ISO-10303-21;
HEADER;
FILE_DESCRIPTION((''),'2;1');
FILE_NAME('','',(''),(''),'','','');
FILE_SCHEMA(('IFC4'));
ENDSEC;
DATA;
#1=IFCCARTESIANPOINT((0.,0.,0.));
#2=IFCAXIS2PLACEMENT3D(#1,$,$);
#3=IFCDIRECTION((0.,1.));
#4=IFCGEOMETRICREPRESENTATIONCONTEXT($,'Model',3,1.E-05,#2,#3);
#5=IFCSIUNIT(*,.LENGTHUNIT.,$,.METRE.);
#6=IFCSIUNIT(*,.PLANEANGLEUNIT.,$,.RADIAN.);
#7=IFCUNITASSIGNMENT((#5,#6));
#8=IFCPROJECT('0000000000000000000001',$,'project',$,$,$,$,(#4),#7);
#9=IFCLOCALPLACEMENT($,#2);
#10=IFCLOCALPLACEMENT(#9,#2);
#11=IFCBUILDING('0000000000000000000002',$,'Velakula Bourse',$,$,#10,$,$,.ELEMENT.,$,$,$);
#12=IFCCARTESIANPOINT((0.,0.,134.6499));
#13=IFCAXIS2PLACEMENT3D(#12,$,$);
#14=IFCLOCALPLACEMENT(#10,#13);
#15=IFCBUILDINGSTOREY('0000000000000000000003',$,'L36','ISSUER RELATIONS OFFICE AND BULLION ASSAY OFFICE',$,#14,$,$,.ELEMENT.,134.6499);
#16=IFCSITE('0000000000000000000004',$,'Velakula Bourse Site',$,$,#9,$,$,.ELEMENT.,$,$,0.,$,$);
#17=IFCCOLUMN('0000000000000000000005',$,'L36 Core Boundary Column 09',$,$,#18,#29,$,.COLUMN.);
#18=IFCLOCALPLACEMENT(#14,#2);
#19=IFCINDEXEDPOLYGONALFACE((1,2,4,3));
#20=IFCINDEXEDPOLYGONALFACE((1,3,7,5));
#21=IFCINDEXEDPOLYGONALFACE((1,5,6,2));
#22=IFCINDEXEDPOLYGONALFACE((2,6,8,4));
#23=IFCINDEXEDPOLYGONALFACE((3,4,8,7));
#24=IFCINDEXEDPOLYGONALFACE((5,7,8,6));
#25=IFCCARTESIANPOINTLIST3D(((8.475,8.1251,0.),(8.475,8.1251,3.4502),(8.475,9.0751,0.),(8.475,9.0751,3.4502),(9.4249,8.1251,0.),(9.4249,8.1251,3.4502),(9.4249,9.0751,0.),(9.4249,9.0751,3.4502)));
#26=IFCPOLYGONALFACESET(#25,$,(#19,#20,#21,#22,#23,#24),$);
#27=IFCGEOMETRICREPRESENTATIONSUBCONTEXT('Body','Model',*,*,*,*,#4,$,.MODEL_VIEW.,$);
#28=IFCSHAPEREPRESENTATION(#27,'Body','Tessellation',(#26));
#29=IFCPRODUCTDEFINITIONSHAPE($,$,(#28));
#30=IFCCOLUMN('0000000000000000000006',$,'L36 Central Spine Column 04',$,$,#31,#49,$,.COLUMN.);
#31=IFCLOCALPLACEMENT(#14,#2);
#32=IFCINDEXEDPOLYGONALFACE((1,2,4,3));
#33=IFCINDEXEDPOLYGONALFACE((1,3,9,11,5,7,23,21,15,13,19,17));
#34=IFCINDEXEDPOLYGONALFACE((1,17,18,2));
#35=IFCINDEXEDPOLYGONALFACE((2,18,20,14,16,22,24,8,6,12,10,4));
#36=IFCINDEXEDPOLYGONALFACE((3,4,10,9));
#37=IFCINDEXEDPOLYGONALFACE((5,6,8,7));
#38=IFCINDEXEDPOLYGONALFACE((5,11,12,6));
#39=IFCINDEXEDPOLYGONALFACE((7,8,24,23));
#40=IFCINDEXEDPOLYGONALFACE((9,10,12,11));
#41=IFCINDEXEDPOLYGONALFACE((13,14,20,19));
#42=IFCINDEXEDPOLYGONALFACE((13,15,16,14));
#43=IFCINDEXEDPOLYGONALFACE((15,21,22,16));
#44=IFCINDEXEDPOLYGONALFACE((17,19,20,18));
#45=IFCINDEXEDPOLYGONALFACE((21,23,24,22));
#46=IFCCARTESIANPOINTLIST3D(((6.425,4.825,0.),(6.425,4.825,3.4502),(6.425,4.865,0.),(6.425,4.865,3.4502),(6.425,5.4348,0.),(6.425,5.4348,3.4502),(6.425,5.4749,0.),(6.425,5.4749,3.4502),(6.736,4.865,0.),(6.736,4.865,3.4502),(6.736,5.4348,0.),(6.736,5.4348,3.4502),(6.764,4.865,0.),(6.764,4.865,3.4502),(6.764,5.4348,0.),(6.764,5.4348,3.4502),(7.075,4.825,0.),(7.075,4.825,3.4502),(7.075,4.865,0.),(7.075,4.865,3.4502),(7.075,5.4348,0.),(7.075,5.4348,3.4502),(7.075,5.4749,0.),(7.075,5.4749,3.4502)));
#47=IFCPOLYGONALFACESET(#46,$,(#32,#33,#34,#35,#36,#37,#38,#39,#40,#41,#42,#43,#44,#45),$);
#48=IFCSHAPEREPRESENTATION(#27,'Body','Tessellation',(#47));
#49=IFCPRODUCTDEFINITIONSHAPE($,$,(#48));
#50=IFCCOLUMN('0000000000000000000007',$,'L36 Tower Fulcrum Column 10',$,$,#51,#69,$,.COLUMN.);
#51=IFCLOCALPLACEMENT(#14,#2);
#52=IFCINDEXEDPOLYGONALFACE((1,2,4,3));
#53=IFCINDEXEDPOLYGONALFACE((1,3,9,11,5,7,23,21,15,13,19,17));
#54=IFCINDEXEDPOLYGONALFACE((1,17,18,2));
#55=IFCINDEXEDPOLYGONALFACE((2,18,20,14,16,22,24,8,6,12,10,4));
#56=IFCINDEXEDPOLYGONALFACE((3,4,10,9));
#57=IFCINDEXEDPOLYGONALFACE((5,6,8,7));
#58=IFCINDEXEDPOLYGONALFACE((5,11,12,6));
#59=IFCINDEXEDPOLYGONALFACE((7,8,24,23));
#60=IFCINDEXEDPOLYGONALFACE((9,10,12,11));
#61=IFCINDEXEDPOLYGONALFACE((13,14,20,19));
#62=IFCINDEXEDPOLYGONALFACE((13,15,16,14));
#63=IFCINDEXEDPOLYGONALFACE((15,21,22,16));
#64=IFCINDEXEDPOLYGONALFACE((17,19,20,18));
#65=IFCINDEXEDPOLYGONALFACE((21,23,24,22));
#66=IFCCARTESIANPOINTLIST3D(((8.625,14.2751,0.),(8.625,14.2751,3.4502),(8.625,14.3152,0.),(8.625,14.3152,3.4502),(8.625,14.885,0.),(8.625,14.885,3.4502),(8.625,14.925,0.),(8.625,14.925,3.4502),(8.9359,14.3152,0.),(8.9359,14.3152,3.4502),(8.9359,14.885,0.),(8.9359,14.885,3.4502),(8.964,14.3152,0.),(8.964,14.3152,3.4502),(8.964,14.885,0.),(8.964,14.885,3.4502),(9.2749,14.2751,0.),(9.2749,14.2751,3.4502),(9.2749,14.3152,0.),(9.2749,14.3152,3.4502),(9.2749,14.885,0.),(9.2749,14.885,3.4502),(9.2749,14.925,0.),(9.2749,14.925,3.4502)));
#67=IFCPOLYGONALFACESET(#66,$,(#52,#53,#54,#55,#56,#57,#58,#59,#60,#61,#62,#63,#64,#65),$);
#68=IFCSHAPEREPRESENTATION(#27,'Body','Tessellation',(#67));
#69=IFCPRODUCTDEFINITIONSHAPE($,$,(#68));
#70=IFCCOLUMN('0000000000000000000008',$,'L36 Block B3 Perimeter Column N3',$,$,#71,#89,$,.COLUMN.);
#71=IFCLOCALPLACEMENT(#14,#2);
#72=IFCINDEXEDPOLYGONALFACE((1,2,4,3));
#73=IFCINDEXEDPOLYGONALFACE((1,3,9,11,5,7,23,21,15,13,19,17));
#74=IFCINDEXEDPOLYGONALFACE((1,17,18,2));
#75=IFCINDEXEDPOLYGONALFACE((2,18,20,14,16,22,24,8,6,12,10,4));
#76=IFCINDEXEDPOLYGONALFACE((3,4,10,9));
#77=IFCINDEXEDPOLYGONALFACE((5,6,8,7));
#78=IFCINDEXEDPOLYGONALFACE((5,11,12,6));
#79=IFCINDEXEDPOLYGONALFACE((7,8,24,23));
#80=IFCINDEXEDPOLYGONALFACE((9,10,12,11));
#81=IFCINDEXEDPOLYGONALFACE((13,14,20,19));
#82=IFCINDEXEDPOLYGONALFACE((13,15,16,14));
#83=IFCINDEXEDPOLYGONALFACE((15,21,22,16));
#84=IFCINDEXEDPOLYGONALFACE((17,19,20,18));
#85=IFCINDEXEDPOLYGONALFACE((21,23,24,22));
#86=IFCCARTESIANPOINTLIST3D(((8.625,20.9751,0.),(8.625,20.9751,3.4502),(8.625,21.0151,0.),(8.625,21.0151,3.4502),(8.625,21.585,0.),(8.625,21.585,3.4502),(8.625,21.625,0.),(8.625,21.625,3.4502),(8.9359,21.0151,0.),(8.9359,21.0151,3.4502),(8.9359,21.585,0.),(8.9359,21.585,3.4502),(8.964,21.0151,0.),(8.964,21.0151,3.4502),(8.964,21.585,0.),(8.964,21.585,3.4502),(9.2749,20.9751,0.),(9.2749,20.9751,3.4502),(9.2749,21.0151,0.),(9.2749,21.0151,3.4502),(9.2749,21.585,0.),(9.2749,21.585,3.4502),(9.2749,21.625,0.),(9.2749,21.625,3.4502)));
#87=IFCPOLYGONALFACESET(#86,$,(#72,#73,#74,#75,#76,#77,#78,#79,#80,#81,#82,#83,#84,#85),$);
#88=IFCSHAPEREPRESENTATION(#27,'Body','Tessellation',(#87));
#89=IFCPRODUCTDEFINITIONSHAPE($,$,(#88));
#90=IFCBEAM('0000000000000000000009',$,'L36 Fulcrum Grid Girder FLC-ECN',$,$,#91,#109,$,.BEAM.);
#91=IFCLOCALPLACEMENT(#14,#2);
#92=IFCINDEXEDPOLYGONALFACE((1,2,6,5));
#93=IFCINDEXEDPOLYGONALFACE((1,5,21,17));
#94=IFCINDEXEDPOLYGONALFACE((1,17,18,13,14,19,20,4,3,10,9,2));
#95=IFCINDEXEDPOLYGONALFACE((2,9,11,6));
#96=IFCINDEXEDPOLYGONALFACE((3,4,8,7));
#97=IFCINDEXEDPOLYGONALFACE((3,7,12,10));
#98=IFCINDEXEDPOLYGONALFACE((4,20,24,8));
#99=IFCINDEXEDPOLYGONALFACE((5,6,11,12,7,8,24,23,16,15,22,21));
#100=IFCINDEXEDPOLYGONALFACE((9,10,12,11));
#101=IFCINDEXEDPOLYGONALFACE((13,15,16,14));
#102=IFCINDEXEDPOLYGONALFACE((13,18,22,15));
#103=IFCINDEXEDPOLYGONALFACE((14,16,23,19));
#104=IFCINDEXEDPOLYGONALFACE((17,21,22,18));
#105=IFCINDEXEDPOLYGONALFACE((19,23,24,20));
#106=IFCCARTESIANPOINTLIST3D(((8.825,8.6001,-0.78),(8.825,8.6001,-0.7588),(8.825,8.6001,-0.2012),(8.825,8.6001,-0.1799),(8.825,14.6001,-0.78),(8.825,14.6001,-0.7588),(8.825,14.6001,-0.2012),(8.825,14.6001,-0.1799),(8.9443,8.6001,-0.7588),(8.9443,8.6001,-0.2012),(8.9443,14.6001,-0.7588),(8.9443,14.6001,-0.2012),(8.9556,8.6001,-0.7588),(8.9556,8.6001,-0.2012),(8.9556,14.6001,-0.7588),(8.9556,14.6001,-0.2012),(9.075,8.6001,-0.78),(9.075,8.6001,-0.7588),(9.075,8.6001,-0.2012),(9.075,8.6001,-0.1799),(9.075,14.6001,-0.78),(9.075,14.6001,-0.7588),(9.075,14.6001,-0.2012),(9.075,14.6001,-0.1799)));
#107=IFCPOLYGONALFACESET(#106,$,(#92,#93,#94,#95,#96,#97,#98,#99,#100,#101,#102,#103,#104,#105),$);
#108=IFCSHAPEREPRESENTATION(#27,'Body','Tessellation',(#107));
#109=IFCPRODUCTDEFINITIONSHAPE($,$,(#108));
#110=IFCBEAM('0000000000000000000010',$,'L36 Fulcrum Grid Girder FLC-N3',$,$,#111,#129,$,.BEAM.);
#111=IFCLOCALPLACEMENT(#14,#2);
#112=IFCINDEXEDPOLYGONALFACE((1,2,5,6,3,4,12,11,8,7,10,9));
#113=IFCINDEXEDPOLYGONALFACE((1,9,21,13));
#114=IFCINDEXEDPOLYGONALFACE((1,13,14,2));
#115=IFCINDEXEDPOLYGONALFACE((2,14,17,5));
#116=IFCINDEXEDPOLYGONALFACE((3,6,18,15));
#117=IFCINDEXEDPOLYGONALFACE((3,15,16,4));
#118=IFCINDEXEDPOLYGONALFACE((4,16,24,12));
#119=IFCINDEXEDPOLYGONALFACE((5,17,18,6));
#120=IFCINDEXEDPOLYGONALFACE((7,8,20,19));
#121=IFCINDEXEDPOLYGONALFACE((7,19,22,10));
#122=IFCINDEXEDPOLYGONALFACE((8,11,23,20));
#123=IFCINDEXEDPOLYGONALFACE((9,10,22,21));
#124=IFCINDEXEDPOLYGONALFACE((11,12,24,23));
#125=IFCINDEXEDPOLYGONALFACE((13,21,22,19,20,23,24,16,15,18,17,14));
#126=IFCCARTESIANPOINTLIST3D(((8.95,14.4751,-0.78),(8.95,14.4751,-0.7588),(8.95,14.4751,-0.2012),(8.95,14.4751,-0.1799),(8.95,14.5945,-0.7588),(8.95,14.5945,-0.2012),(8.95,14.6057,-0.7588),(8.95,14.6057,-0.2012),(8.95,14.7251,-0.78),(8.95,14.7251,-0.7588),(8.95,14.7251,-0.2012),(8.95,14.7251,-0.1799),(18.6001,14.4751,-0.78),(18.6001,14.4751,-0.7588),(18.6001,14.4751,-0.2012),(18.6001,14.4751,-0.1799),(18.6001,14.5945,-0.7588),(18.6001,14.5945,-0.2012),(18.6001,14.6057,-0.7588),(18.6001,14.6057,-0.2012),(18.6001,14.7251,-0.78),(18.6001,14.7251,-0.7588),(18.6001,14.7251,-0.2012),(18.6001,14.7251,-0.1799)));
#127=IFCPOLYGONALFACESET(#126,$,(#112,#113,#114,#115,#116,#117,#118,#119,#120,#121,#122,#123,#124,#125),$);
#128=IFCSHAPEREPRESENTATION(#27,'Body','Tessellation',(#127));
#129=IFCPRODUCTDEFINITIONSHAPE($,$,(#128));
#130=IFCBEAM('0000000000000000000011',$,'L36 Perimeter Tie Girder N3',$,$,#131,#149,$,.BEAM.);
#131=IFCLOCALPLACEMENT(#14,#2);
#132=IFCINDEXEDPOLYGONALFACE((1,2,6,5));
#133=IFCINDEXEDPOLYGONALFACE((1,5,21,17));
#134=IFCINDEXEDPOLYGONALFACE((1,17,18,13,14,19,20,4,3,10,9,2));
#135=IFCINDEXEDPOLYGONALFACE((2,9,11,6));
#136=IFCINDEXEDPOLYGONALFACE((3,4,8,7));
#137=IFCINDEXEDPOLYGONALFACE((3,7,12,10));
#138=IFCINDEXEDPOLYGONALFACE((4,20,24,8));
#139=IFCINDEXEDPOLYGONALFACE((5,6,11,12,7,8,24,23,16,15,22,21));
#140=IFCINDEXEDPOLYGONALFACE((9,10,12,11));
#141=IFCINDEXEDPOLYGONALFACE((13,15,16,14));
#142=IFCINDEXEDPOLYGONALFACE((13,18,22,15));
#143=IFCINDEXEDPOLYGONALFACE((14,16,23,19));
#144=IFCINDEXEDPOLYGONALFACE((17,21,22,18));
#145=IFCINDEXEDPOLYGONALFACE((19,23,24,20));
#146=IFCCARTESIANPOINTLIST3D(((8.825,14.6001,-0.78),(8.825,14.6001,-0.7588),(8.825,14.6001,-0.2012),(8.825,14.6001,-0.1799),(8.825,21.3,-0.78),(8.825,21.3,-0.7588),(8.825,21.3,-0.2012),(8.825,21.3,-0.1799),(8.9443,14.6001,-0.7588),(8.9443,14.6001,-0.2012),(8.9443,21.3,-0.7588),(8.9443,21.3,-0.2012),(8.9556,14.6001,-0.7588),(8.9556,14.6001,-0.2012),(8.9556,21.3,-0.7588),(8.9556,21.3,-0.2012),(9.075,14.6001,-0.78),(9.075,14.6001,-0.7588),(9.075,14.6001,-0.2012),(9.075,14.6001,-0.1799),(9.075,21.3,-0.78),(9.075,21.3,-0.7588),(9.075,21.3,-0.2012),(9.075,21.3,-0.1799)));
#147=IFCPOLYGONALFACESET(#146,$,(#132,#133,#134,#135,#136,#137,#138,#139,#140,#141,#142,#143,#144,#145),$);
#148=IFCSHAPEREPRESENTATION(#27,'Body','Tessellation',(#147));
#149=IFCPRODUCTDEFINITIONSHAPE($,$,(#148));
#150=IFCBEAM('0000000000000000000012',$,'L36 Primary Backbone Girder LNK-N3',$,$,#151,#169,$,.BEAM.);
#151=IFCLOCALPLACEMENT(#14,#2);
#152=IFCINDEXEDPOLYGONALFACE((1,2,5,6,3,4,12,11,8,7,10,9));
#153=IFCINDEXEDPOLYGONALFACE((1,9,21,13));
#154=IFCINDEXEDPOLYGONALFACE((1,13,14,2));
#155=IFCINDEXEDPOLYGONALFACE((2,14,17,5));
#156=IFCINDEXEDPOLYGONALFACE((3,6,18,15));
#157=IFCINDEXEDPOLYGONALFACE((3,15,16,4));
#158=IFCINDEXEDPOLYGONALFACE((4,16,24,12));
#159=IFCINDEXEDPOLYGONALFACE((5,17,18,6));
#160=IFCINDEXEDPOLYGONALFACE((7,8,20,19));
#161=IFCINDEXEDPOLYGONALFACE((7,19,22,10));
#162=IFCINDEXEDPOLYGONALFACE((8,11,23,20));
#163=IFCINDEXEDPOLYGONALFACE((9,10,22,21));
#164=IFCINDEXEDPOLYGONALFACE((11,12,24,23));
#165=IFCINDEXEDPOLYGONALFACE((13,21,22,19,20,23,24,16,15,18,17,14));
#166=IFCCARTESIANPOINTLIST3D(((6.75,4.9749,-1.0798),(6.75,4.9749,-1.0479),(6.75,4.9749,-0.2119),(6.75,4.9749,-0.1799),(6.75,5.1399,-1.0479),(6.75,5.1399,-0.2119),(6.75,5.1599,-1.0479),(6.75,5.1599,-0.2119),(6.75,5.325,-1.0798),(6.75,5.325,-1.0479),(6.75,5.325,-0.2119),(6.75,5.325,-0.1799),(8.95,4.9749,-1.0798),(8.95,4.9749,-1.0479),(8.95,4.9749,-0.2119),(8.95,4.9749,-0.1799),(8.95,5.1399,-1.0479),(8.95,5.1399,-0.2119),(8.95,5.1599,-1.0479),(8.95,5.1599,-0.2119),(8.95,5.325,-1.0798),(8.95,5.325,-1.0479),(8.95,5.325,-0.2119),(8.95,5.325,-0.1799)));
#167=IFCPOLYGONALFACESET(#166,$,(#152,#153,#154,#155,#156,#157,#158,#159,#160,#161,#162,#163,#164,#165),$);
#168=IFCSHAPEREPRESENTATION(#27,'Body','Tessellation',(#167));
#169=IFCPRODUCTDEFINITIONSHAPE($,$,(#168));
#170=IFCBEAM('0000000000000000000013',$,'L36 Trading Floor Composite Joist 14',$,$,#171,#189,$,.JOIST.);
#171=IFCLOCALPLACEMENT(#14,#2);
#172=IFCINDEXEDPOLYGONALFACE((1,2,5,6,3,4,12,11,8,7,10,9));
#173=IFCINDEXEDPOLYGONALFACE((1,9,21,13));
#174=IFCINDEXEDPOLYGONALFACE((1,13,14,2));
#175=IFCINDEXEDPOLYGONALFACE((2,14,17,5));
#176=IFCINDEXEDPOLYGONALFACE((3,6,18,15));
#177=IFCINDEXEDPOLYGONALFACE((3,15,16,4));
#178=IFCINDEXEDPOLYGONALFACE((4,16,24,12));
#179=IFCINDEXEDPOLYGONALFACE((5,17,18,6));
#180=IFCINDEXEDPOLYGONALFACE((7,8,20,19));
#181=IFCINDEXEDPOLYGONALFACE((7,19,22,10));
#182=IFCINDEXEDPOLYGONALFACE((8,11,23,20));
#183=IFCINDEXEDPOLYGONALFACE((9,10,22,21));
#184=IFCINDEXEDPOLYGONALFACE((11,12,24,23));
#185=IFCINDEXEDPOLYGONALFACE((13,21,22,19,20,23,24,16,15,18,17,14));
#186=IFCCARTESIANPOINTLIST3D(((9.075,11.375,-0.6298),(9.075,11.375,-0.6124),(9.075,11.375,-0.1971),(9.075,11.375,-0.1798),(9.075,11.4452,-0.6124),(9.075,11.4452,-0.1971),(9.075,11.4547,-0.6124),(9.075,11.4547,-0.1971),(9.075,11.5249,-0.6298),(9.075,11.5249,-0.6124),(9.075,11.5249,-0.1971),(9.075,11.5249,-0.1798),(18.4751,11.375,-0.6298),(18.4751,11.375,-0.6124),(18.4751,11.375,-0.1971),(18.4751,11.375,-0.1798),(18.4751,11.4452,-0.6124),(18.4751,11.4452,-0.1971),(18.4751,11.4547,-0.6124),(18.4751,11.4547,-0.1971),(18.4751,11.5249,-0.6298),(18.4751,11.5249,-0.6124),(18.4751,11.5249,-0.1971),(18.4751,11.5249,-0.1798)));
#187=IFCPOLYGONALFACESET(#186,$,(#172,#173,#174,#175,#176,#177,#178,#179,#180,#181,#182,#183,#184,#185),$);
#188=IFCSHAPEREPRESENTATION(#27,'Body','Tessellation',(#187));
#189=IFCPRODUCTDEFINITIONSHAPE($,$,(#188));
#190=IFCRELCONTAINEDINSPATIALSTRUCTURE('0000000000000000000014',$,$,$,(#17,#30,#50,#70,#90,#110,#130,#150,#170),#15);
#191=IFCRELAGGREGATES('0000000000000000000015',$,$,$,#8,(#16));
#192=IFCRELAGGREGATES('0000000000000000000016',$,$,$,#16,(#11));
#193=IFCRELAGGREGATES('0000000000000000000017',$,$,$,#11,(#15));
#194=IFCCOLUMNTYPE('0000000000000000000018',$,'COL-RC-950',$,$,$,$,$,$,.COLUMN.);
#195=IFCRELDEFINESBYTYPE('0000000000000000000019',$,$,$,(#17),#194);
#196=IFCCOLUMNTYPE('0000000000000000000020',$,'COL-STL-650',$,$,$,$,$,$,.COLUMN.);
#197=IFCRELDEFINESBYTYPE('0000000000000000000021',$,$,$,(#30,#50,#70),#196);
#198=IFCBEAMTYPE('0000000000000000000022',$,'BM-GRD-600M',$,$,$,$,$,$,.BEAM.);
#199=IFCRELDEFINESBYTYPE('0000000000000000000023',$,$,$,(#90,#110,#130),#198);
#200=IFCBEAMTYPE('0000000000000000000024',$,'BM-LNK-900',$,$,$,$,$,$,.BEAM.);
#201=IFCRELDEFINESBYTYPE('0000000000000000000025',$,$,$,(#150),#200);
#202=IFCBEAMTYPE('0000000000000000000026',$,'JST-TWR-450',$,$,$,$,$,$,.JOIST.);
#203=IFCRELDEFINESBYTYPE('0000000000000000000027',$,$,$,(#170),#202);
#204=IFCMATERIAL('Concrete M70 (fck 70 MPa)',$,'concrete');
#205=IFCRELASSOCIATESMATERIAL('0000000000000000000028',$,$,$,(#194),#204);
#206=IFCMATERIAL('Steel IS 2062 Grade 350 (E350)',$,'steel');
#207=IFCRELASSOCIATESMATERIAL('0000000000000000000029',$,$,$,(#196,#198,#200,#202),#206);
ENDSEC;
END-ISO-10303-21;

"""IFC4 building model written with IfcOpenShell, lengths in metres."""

from ifc_helpers import new_model, si_unit, direction, frame, origin, origin_2d, place, context, subcontext, project, spatial, rectangle, i_section, extrude, material, material_profile, profile_set, type_object, element, save


model = new_model("IFC4")

# Units and contexts
model_context = context("Model", 3, precision=1e-05, world=origin(), true_north=direction((0.0, 1.0)))
body_context = subcontext(model_context, "Body", "Model", "MODEL_VIEW")
ifc_project = project(units=[si_unit("LENGTHUNIT", "METRE"), si_unit("PLANEANGLEUNIT", "RADIAN")], contexts=[model_context])

# Site, building, storey
site_placement = place(None, origin())
site = spatial("IfcSite", under=ifc_project, at=site_placement, Name="Velakula Bourse Site", CompositionType="ELEMENT", RefElevation=0.0)
building_placement = place(site_placement, origin())
building = spatial("IfcBuilding", under=site, at=building_placement, Name="Velakula Bourse", CompositionType="ELEMENT")
storey_placement = place(building_placement, frame((0.0, 0.0, 134.6499)))
storey = spatial("IfcBuildingStorey", under=building, at=storey_placement, Name="L36", Description="ISSUER RELATIONS OFFICE AND BULLION ASSAY OFFICE", CompositionType="ELEMENT", Elevation=134.6499)

# Columns
ifc_material_1 = material(Name="Concrete M70 (fck 70 MPa)", Category="concrete")
ifc_material_profile_1 = material_profile(ifc_material_1, rectangle(XDim=0.95, YDim=0.95, at=origin_2d()), Name="Concrete M70 (fck 70 MPa)")
ifc_profile_set_1 = profile_set([ifc_material_profile_1], Name="Concrete M70 (fck 70 MPa)")
column_type_1 = type_object("IfcColumnType", Name="COL-RC-950", PredefinedType="COLUMN", material=ifc_profile_set_1)
column_placement = place(storey_placement, frame((8.95, 8.6001, 0.0), z_axis=(0.0, 0.0, 1.0), x_axis=(1.0, 0.0, 0.0)))
element("IfcColumn", 1, at=column_placement, inside=storey, type_object=column_type_1, Name="L36 Core Boundary Column 09", PredefinedType="COLUMN", context=body_context, shape_type="SweptSolid", body=[
    extrude(rectangle(XDim=0.95, YDim=0.95, at=origin_2d()), origin(), (0.0, 0.0, 1.0), 3.4502),
])
ifc_material_2 = material(Name="Steel IS 2062 Grade 350 (E350)", Category="steel")
ifc_material_profile_2 = material_profile(ifc_material_2, i_section(OverallWidth=0.6499, OverallDepth=0.6499, WebThickness=0.0281, FlangeThickness=0.04, at=origin_2d()), Name="Steel IS 2062 Grade 350 (E350)")
ifc_profile_set_2 = profile_set([ifc_material_profile_2], Name="Steel IS 2062 Grade 350 (E350)")
column_type_2 = type_object("IfcColumnType", Name="COL-STL-650", PredefinedType="COLUMN", material=ifc_profile_set_2)
for number, where, z_axis, x_axis, name in (
    (2, (6.75, 5.1499, 0.0), (0.0, 0.0, 1.0), (1.0, 0.0, 0.0), "L36 Central Spine Column 04"),
    (3, (8.95, 14.6001, 0.0), (0.0, 0.0, 1.0), (1.0, 0.0, 0.0), "L36 Tower Fulcrum Column 10"),
    (4, (8.95, 21.3, 0.0), (0.0, 0.0, 1.0), (1.0, 0.0, 0.0), "L36 Block B3 Perimeter Column N3"),
):
    element("IfcColumn", number, at=place(storey_placement, frame(where, z_axis=z_axis, x_axis=x_axis)), inside=storey, type_object=column_type_2, Name=name, PredefinedType="COLUMN", context=body_context, shape_type="SweptSolid", body=[
        extrude(i_section(OverallWidth=0.6499, OverallDepth=0.6499, WebThickness=0.0281, FlangeThickness=0.04, at=origin_2d()), origin(), (0.0, 0.0, 1.0), 3.4502),
    ])

# Beams
ifc_material_profile_3 = material_profile(ifc_material_2, i_section(OverallWidth=0.25, OverallDepth=0.6001, WebThickness=0.0112, FlangeThickness=0.0212, at=origin_2d()), Name="Steel IS 2062 Grade 350 (E350)")
ifc_profile_set_3 = profile_set([ifc_material_profile_3], Name="Steel IS 2062 Grade 350 (E350)")
beam_type_1 = type_object("IfcBeamType", Name="BM-GRD-600M", PredefinedType="BEAM", material=ifc_profile_set_3)
beam_1_placement = place(storey_placement, frame((8.95, 8.6001, -0.48), z_axis=(0.0, 1.0, 0.0), x_axis=(-1.0, 0.0, 0.0)))
element("IfcBeam", 5, at=beam_1_placement, inside=storey, type_object=beam_type_1, Name="L36 Fulcrum Grid Girder FLC-ECN", PredefinedType="BEAM", context=body_context, shape_type="SweptSolid", body=[
    extrude(i_section(OverallWidth=0.25, OverallDepth=0.6001, WebThickness=0.0112, FlangeThickness=0.0212, at=origin_2d()), origin(), (0.0, 0.0, 1.0), 6.0),
])
beam_2_placement = place(storey_placement, frame((8.95, 14.6001, -0.48), z_axis=(1.0, 0.0, 0.0), x_axis=(0.0, 1.0, 0.0)))
element("IfcBeam", 6, at=beam_2_placement, inside=storey, type_object=beam_type_1, Name="L36 Fulcrum Grid Girder FLC-N3", PredefinedType="BEAM", context=body_context, shape_type="SweptSolid", body=[
    extrude(i_section(OverallWidth=0.25, OverallDepth=0.6001, WebThickness=0.0112, FlangeThickness=0.0212, at=origin_2d()), origin(), (0.0, 0.0, 1.0), 9.6501),
])
beam_3_placement = place(storey_placement, frame((8.95, 14.6001, -0.48), z_axis=(0.0, 1.0, 0.0), x_axis=(-1.0, 0.0, 0.0)))
element("IfcBeam", 7, at=beam_3_placement, inside=storey, type_object=beam_type_1, Name="L36 Perimeter Tie Girder N3", PredefinedType="BEAM", context=body_context, shape_type="SweptSolid", body=[
    extrude(i_section(OverallWidth=0.25, OverallDepth=0.6001, WebThickness=0.0112, FlangeThickness=0.0212, at=origin_2d()), origin(), (0.0, 0.0, 1.0), 6.7),
])
ifc_material_profile_4 = material_profile(ifc_material_2, i_section(OverallWidth=0.3501, OverallDepth=0.8999, WebThickness=0.02, FlangeThickness=0.032, at=origin_2d()), Name="Steel IS 2062 Grade 350 (E350)")
ifc_profile_set_4 = profile_set([ifc_material_profile_4], Name="Steel IS 2062 Grade 350 (E350)")
beam_type_2 = type_object("IfcBeamType", Name="BM-LNK-900", PredefinedType="BEAM", material=ifc_profile_set_4)
beam_4_placement = place(storey_placement, frame((6.75, 5.1499, -0.6299), z_axis=(1.0, 0.0, 0.0), x_axis=(0.0, 1.0, 0.0)))
element("IfcBeam", 8, at=beam_4_placement, inside=storey, type_object=beam_type_2, Name="L36 Primary Backbone Girder LNK-N3", PredefinedType="BEAM", context=body_context, shape_type="SweptSolid", body=[
    extrude(i_section(OverallWidth=0.3501, OverallDepth=0.8999, WebThickness=0.02, FlangeThickness=0.032, at=origin_2d()), origin(), (0.0, 0.0, 1.0), 2.2),
])
ifc_material_profile_5 = material_profile(ifc_material_2, i_section(OverallWidth=0.1499, OverallDepth=0.45, WebThickness=0.0095, FlangeThickness=0.0173, at=origin_2d()), Name="Steel IS 2062 Grade 350 (E350)")
ifc_profile_set_5 = profile_set([ifc_material_profile_5], Name="Steel IS 2062 Grade 350 (E350)")
beam_type_3 = type_object("IfcBeamType", Name="JST-TWR-450", PredefinedType="JOIST", material=ifc_profile_set_5)
for number, where, z_axis, x_axis, name in (
    (9, (9.075, 11.45, -0.4048), (1.0, 0.0, 0.0), (0.0, 1.0, 0.0), "L36 Trading Floor Composite Joist 14"),
):
    element("IfcBeam", number, at=place(storey_placement, frame(where, z_axis=z_axis, x_axis=x_axis)), inside=storey, type_object=beam_type_3, Name=name, PredefinedType="JOIST", context=body_context, shape_type="SweptSolid", body=[
        extrude(i_section(OverallWidth=0.1499, OverallDepth=0.45, WebThickness=0.0095, FlangeThickness=0.0173, at=origin_2d()), origin(), (0.0, 0.0, 1.0), 9.4001),
    ])

save(model, "model.ifc")
